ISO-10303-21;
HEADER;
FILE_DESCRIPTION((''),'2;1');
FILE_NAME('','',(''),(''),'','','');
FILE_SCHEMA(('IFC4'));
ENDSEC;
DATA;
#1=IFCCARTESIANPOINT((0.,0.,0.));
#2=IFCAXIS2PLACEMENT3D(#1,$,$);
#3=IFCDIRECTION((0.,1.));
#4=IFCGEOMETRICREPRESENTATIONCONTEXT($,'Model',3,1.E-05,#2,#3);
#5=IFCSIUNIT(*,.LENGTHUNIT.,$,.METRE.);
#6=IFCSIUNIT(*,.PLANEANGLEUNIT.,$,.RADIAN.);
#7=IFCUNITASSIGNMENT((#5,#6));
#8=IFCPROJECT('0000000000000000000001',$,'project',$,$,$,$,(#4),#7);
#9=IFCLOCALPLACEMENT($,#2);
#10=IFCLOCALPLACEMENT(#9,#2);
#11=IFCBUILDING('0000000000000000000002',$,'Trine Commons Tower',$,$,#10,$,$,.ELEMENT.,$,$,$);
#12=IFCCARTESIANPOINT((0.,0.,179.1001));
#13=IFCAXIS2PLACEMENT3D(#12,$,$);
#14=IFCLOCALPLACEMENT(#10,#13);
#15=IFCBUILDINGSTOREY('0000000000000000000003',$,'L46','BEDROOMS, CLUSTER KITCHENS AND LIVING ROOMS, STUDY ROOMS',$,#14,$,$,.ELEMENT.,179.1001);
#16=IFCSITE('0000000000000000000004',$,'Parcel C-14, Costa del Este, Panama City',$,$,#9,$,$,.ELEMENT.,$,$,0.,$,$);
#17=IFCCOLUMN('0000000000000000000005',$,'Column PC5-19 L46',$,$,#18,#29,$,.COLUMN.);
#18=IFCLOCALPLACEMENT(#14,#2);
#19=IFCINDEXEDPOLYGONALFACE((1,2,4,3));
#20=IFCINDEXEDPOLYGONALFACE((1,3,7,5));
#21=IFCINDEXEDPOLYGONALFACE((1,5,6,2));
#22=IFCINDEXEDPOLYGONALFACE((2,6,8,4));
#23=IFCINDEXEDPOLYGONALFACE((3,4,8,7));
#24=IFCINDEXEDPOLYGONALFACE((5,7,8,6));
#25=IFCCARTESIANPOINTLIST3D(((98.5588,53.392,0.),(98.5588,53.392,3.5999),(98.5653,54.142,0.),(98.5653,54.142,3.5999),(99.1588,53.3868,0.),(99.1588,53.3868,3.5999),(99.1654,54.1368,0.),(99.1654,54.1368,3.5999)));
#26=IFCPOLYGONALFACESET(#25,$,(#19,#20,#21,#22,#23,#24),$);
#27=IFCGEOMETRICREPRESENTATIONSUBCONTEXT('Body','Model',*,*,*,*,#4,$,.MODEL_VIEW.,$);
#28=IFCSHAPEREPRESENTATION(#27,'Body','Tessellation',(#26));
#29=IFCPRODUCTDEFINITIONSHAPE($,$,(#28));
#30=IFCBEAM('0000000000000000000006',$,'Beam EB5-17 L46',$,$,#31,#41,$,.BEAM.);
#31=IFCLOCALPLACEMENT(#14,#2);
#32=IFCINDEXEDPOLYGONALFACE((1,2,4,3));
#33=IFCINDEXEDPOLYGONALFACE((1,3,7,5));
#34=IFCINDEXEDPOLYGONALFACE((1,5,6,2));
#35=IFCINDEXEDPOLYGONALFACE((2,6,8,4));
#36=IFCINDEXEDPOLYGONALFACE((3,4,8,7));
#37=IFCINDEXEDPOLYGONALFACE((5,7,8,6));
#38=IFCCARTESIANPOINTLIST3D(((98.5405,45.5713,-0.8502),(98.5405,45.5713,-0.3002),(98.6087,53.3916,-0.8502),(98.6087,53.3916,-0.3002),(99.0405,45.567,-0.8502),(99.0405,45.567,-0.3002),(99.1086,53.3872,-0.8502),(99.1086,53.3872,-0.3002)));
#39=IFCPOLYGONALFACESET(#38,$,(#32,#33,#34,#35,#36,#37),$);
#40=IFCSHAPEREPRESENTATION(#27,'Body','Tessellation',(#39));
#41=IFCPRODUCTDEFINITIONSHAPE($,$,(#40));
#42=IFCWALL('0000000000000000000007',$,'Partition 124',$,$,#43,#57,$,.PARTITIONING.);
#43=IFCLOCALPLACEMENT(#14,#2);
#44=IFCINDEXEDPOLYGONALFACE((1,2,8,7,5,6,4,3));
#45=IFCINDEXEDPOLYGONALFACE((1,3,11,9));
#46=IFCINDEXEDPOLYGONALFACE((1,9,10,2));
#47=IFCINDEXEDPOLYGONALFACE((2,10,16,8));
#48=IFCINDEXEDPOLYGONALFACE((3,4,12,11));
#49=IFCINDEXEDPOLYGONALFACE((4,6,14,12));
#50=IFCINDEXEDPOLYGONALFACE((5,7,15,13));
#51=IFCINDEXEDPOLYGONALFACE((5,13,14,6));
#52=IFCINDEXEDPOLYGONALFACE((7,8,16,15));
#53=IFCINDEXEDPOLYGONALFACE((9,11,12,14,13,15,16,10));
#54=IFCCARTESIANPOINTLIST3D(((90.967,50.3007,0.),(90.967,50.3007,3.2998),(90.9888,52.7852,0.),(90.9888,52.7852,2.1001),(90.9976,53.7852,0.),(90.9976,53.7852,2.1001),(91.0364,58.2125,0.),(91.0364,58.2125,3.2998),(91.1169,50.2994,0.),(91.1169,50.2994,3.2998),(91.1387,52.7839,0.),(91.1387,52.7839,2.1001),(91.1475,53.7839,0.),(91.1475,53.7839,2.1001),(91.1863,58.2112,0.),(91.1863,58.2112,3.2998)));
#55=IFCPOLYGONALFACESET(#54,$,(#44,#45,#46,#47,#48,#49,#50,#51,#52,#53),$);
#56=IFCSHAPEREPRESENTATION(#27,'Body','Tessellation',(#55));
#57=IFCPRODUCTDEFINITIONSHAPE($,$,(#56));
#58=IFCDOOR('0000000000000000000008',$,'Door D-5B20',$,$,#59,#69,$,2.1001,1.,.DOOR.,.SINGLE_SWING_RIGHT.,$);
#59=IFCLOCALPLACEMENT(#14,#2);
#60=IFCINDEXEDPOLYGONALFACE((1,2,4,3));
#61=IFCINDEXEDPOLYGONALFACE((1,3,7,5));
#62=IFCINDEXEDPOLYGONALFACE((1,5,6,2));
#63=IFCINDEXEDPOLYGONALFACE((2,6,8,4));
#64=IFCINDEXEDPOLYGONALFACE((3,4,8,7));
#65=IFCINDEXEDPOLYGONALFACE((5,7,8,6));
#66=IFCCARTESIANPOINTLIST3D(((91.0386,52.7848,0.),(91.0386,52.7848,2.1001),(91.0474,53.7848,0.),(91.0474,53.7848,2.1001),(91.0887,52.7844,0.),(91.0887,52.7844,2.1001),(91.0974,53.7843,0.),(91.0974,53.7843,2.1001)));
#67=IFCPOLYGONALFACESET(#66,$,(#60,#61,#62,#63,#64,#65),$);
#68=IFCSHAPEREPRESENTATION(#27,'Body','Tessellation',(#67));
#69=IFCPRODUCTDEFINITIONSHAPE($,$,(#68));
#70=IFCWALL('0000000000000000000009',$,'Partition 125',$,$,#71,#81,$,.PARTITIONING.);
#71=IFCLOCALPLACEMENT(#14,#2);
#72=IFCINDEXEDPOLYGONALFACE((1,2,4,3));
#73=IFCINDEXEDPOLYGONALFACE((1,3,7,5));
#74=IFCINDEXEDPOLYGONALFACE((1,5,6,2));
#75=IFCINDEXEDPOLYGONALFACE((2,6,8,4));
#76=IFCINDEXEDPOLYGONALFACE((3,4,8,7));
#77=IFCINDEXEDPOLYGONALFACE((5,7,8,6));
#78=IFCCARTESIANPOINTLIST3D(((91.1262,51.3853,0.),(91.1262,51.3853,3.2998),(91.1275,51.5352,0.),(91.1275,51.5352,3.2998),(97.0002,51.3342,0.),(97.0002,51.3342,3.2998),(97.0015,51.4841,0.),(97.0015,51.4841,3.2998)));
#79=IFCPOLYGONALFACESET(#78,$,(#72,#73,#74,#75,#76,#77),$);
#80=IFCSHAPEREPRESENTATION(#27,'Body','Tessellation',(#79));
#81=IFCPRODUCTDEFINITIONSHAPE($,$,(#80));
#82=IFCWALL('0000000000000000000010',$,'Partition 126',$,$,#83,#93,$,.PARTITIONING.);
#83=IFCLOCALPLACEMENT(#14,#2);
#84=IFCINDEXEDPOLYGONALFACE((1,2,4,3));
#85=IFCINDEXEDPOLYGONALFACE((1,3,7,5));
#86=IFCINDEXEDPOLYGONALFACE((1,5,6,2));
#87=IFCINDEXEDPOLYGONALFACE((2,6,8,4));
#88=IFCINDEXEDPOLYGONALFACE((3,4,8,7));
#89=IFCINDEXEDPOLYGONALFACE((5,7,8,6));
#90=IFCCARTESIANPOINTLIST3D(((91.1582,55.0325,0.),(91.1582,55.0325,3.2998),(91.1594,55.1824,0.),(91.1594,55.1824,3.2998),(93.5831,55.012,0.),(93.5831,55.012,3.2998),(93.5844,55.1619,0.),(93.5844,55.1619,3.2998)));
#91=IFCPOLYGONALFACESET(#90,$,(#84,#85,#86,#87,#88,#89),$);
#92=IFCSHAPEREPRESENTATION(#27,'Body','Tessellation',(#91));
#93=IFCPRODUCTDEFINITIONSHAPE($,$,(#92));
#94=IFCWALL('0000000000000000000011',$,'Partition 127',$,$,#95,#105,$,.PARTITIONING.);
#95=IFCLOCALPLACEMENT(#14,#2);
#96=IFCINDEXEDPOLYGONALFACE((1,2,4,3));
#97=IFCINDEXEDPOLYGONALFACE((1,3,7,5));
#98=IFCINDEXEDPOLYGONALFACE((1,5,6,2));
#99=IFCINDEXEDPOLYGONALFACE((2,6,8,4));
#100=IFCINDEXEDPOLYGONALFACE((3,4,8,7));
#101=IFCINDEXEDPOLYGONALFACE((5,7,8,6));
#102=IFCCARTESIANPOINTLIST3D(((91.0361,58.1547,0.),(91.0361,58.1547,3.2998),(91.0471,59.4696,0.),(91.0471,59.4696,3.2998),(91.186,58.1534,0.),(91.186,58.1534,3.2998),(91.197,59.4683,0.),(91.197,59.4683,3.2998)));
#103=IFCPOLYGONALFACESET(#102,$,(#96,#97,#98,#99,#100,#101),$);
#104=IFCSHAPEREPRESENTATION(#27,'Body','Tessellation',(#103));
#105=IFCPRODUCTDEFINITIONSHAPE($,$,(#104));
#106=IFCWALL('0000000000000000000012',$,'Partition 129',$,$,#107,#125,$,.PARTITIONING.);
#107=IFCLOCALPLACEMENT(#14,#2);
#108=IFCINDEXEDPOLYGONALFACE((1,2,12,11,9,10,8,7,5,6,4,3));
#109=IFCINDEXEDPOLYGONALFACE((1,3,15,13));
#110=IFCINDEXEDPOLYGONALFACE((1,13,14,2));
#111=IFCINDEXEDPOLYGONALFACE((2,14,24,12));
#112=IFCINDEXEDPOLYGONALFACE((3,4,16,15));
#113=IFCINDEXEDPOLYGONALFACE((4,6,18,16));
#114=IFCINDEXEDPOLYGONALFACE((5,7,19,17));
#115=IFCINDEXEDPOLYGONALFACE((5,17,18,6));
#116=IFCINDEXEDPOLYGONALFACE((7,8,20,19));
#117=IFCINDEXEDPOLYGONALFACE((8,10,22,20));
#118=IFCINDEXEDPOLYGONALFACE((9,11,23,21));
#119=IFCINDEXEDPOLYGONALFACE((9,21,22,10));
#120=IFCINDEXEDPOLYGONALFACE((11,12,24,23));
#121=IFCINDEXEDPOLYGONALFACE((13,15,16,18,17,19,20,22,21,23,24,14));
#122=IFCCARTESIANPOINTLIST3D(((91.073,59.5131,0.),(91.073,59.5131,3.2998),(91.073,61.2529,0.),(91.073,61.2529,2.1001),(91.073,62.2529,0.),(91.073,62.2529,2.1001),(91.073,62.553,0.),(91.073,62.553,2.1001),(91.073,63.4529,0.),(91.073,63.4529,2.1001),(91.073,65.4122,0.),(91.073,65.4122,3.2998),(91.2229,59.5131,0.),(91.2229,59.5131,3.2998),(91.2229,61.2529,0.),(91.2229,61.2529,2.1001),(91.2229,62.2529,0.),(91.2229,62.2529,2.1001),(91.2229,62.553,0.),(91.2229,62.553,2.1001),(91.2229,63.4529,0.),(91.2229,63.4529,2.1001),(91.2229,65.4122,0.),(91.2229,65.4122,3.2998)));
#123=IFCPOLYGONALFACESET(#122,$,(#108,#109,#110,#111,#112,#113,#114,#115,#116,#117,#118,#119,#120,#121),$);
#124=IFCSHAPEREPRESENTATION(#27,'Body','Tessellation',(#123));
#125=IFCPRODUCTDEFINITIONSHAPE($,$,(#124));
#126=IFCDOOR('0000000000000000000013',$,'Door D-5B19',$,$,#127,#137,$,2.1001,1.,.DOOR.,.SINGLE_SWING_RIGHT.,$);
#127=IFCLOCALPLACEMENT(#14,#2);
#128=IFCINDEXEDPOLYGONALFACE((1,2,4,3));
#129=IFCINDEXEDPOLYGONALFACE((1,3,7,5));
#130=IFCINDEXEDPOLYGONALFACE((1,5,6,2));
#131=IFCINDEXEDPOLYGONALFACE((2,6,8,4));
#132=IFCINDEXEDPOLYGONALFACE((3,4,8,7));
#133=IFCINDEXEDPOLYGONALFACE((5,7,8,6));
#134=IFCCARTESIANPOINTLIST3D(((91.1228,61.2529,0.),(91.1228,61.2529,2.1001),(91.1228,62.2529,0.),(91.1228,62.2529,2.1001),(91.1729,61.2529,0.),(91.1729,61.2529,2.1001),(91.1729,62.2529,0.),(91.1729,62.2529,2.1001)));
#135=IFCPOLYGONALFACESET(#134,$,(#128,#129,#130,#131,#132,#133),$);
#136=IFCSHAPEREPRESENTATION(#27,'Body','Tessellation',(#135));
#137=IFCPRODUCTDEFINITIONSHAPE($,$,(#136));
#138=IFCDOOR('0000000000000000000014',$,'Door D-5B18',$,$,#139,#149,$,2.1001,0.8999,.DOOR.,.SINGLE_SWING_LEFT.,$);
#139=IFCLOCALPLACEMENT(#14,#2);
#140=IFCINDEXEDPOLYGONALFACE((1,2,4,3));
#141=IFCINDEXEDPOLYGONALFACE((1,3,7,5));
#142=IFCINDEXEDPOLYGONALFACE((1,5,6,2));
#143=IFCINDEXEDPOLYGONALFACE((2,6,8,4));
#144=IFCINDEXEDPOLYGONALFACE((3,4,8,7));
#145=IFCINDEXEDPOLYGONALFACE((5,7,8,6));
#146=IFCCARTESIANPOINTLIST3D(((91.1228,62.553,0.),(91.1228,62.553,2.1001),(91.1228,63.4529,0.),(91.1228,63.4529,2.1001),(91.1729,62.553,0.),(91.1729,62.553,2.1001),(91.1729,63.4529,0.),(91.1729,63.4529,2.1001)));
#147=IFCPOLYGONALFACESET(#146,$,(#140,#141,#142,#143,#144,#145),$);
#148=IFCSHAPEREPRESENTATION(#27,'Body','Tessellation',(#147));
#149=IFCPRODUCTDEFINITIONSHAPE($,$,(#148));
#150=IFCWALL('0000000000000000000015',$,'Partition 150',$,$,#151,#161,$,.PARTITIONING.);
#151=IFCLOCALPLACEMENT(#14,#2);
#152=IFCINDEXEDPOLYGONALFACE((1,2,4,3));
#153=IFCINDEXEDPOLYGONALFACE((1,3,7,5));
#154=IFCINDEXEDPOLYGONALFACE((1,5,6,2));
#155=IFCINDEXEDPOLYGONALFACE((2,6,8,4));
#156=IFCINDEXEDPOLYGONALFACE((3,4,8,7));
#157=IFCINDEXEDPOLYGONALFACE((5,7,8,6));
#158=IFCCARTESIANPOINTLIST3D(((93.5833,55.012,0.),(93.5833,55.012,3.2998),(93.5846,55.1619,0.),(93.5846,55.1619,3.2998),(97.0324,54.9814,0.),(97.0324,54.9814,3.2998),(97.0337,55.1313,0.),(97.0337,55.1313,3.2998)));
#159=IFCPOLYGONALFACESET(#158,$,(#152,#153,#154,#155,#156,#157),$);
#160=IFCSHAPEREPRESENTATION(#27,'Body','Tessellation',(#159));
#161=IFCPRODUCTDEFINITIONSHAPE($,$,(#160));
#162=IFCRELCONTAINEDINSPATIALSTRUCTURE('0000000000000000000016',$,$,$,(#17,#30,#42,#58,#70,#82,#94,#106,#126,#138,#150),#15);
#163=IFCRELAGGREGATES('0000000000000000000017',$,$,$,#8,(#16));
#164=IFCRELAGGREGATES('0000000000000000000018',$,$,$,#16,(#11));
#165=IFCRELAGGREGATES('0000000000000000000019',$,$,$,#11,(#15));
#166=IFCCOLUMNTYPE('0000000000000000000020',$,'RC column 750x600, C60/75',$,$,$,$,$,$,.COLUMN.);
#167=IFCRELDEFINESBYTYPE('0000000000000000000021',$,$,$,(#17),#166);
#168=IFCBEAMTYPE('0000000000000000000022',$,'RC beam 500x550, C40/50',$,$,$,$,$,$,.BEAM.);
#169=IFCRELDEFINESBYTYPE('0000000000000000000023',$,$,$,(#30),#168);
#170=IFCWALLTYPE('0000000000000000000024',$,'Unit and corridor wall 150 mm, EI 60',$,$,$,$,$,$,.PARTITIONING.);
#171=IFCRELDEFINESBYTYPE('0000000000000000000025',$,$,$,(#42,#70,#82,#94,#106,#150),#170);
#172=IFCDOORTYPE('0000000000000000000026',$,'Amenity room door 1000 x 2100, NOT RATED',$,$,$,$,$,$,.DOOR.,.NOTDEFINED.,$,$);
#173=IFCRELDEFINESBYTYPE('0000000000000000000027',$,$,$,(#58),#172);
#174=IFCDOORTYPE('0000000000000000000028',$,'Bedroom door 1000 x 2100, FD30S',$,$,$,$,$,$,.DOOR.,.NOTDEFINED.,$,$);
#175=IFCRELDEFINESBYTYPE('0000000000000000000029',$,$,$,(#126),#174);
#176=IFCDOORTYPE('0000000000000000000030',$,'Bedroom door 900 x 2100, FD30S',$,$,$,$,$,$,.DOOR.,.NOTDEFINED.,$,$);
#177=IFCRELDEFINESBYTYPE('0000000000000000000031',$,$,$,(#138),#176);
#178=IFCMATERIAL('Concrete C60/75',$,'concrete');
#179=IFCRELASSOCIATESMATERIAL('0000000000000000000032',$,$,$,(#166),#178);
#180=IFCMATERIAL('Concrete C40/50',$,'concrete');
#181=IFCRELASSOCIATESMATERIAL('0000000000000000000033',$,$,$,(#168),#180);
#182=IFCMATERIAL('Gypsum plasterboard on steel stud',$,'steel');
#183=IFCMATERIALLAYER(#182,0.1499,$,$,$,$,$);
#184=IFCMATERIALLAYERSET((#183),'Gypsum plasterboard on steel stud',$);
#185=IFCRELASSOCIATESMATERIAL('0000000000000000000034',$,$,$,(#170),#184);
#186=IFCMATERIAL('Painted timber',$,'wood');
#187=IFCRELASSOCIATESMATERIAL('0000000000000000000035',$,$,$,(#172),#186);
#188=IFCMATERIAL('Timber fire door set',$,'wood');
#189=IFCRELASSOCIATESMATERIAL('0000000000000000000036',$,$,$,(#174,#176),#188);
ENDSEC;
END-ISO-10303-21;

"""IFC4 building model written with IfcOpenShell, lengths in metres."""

from ifc_helpers import new_model, si_unit, direction, frame, frame_2d, origin, origin_2d, place, context, subcontext, project, spatial, rectangle, extrude, material, layer, layer_set, material_profile, profile_set, type_object, element, fill, save


model = new_model("IFC4")

# Units and contexts
model_context = context("Model", 3, precision=1e-05, world=origin(), true_north=direction((0.0, 1.0)))
body_context = subcontext(model_context, "Body", "Model", "MODEL_VIEW")
ifc_project = project(units=[si_unit("LENGTHUNIT", "METRE"), si_unit("PLANEANGLEUNIT", "RADIAN")], contexts=[model_context])

# Site, building, storey
site_placement = place(None, origin())
site = spatial("IfcSite", under=ifc_project, at=site_placement, Name="Parcel C-14, Costa del Este, Panama City", CompositionType="ELEMENT", RefElevation=0.0)
building_placement = place(site_placement, origin())
building = spatial("IfcBuilding", under=site, at=building_placement, Name="Trine Commons Tower", CompositionType="ELEMENT")
storey_placement = place(building_placement, frame((0.0, 0.0, 179.1001)))
storey = spatial("IfcBuildingStorey", under=building, at=storey_placement, Name="L46", Description="BEDROOMS, CLUSTER KITCHENS AND LIVING ROOMS, STUDY ROOMS", CompositionType="ELEMENT", Elevation=179.1001)

# Column
ifc_material_1 = material(Name="Concrete C60/75", Category="concrete")
ifc_material_profile_1 = material_profile(ifc_material_1, rectangle(XDim=0.75, YDim=0.6001, at=origin_2d()), Name="RC 750x600")
ifc_profile_set_1 = profile_set([ifc_material_profile_1], Name="Concrete C60/75")
column_type = type_object("IfcColumnType", Name="RC column 750x600, C60/75", PredefinedType="COLUMN", material=ifc_profile_set_1)
column_placement = place(storey_placement, frame((98.8621, 53.7644, 0.0), z_axis=(0.0, 0.0, 1.0), x_axis=(0.008727, 0.999962, 0.0)))
element("IfcColumn", 1, at=column_placement, inside=storey, type_object=column_type, Name="Column PC5-19 L46", PredefinedType="COLUMN", context=body_context, shape_type="SweptSolid", body=[
    extrude(rectangle(XDim=0.75, YDim=0.6001, at=origin_2d()), origin(), (0.0, 0.0, 1.0), 3.5999),
])

# Beam
ifc_material_2 = material(Name="Concrete C40/50", Category="concrete")
ifc_material_profile_2 = material_profile(ifc_material_2, rectangle(XDim=0.5, YDim=0.55, at=origin_2d()), Name="RC 500x550")
ifc_profile_set_2 = profile_set([ifc_material_profile_2], Name="Concrete C40/50")
beam_type = type_object("IfcBeamType", Name="RC beam 500x550, C40/50", PredefinedType="BEAM", material=ifc_profile_set_2)
beam_placement = place(storey_placement, frame((98.8586, 53.3894, -0.5752), z_axis=(-0.00871, -0.999962, 0.0), x_axis=(0.999962, -0.00871, 0.0)))
element("IfcBeam", 2, at=beam_placement, inside=storey, type_object=beam_type, Name="Beam EB5-17 L46", PredefinedType="BEAM", context=body_context, shape_type="SweptSolid", body=[
    extrude(rectangle(XDim=0.5, YDim=0.55, at=origin_2d()), origin(), (0.0, 0.0, 1.0), 7.8206),
])

# Wall, opening, door
ifc_material_3 = material(Name="Gypsum plasterboard on steel stud", Category="steel")
ifc_layer_1 = layer(ifc_material_3, 0.1499)
ifc_layer_set_1 = layer_set([ifc_layer_1], Name="Gypsum plasterboard on steel stud")
wall_type_1 = type_object("IfcWallType", Name="Unit and corridor wall 150 mm, EI 60", PredefinedType="PARTITIONING", material=ifc_layer_set_1)
wall_1_placement = place(storey_placement, frame((91.042, 50.3, 0.0), z_axis=(0.0, 0.0, 1.0), x_axis=(0.008763, 0.999962, 0.0)))
wall_1 = element("IfcWall", 3, at=wall_1_placement, inside=storey, type_object=wall_type_1, Name="Partition 124", PredefinedType="PARTITIONING", context=body_context, shape_type="SweptSolid", body=[
    extrude(rectangle(XDim=7.9121, YDim=0.1499, at=frame_2d((3.9561, 0.0))), origin(), (0.0, 0.0, 1.0), 3.2998),
])
opening_1_placement = place(wall_1_placement, frame((2.4846, 0.0, 0.0)))
opening_1 = element("IfcOpeningElement", 4, at=opening_1_placement, cuts=wall_1, PredefinedType="OPENING", context=body_context, shape_type="SweptSolid", body=[
    extrude(rectangle(XDim=1.0, YDim=2.1001, at=frame_2d((0.5, 1.05))), frame((0.0, 0.085, 0.0), z_axis=(0.0, -1.0, 0.0), x_axis=(1.0, 0.0, 0.0)), (0.0, 0.0, 1.0), 0.1699),
])
ifc_material_4 = material(Name="Painted timber", Category="wood")
door_type_1 = type_object("IfcDoorType", Name="Amenity room door 1000 x 2100, NOT RATED", OperationType="NOTDEFINED", PredefinedType="DOOR", material=ifc_material_4)
door_1_placement = place(opening_1_placement, frame((1.0, 0.0, 0.0), z_axis=(0.0, 0.0, 1.0), x_axis=(-1.0, 0.0, 0.0)))
door_1 = element("IfcDoor", 5, at=door_1_placement, inside=storey, type_object=door_type_1, Name="Door D-5B20", OperationType="SINGLE_SWING_RIGHT", OverallHeight=2.1001, OverallWidth=1.0, PredefinedType="DOOR", context=body_context, shape_type="SweptSolid", body=[
    extrude(rectangle(XDim=1.0, YDim=2.1001, at=frame_2d((0.5, 1.05))), frame((0.0, 0.0249, 0.0), z_axis=(0.0, -1.0, 0.0), x_axis=(1.0, 0.0, 0.0)), (0.0, 0.0, 1.0), 0.05),
])
fill(opening_1, door_1)

# Walls
wall_2_placement = place(storey_placement, frame((91.127, 51.4602, 0.0), z_axis=(0.0, 0.0, 1.0), x_axis=(0.999962, -0.008686, 0.0)))
element("IfcWall", 6, at=wall_2_placement, inside=storey, type_object=wall_type_1, Name="Partition 125", PredefinedType="PARTITIONING", context=body_context, shape_type="SweptSolid", body=[
    extrude(rectangle(XDim=5.8743, YDim=0.1499, at=frame_2d((2.937, 0.0))), origin(), (0.0, 0.0, 1.0), 3.2998),
])
wall_3_placement = place(storey_placement, frame((91.1589, 55.1074, 0.0), z_axis=(0.0, 0.0, 1.0), x_axis=(0.999964, -0.008456, 0.0)))
element("IfcWall", 7, at=wall_3_placement, inside=storey, type_object=wall_type_1, Name="Partition 126", PredefinedType="PARTITIONING", context=body_context, shape_type="SweptSolid", body=[
    extrude(rectangle(XDim=2.425, YDim=0.1499, at=frame_2d((1.2124, 0.0))), origin(), (0.0, 0.0, 1.0), 3.2998),
])
wall_4_placement = place(storey_placement, frame((91.1111, 58.1541, 0.0), z_axis=(0.0, 0.0, 1.0), x_axis=(0.008355, 0.999965, 0.0)))
element("IfcWall", 8, at=wall_4_placement, inside=storey, type_object=wall_type_1, Name="Partition 127", PredefinedType="PARTITIONING", context=body_context, shape_type="SweptSolid", body=[
    extrude(rectangle(XDim=1.3149, YDim=0.1499, at=frame_2d((0.6575, 0.0))), origin(), (0.0, 0.0, 1.0), 3.2998),
])

# Wall, openings, doors
wall_5_placement = place(storey_placement, frame((91.1479, 59.5129, 0.0), z_axis=(0.0, 0.0, 1.0), x_axis=(0.0, 1.0, 0.0)))
wall_5 = element("IfcWall", 9, at=wall_5_placement, inside=storey, type_object=wall_type_1, Name="Partition 129", PredefinedType="PARTITIONING", context=body_context, shape_type="SweptSolid", body=[
    extrude(rectangle(XDim=5.8992, YDim=0.1499, at=frame_2d((2.9497, 0.0))), origin(), (0.0, 0.0, 1.0), 3.2998),
])
opening_2_placement = place(wall_5_placement, frame((3.04, 0.0, 0.0)))
opening_2 = element("IfcOpeningElement", 10, at=opening_2_placement, cuts=wall_5, PredefinedType="OPENING", context=body_context, shape_type="SweptSolid", body=[
    extrude(rectangle(XDim=0.8999, YDim=2.1001, at=frame_2d((0.45, 1.05))), frame((0.0, 0.085, 0.0), z_axis=(0.0, -1.0, 0.0), x_axis=(1.0, 0.0, 0.0)), (0.0, 0.0, 1.0), 0.1699),
])
opening_3_placement = place(wall_5_placement, frame((1.74, 0.0, 0.0)))
opening_3 = element("IfcOpeningElement", 11, at=opening_3_placement, cuts=wall_5, PredefinedType="OPENING", context=body_context, shape_type="SweptSolid", body=[
    extrude(rectangle(XDim=1.0, YDim=2.1001, at=frame_2d((0.5, 1.05))), frame((0.0, 0.085, 0.0), z_axis=(0.0, -1.0, 0.0), x_axis=(1.0, 0.0, 0.0)), (0.0, 0.0, 1.0), 0.1699),
])
ifc_material_5 = material(Name="Timber fire door set", Category="wood")
door_type_2 = type_object("IfcDoorType", Name="Bedroom door 1000 x 2100, FD30S", OperationType="NOTDEFINED", PredefinedType="DOOR", material=ifc_material_5)
door_2_placement = place(opening_3_placement, frame((1.0, 0.0, 0.0), z_axis=(0.0, 0.0, 1.0), x_axis=(-1.0, 0.0, 0.0)))
door_2 = element("IfcDoor", 12, at=door_2_placement, inside=storey, type_object=door_type_2, Name="Door D-5B19", OperationType="SINGLE_SWING_RIGHT", OverallHeight=2.1001, OverallWidth=1.0, PredefinedType="DOOR", context=body_context, shape_type="SweptSolid", body=[
    extrude(rectangle(XDim=1.0, YDim=2.1001, at=frame_2d((0.5, 1.05))), frame((0.0, 0.0249, 0.0), z_axis=(0.0, -1.0, 0.0), x_axis=(1.0, 0.0, 0.0)), (0.0, 0.0, 1.0), 0.05),
])
fill(opening_3, door_2)
door_type_3 = type_object("IfcDoorType", Name="Bedroom door 900 x 2100, FD30S", OperationType="NOTDEFINED", PredefinedType="DOOR", material=ifc_material_5)
door_3_placement = place(opening_2_placement, frame((0.8999, 0.0, 0.0), z_axis=(0.0, 0.0, 1.0), x_axis=(-1.0, 0.0, 0.0)))
door_3 = element("IfcDoor", 13, at=door_3_placement, inside=storey, type_object=door_type_3, Name="Door D-5B18", OperationType="SINGLE_SWING_LEFT", OverallHeight=2.1001, OverallWidth=0.8999, PredefinedType="DOOR", context=body_context, shape_type="SweptSolid", body=[
    extrude(rectangle(XDim=0.8999, YDim=2.1001, at=frame_2d((0.45, 1.05))), frame((0.0, 0.0249, 0.0), z_axis=(0.0, -1.0, 0.0), x_axis=(1.0, 0.0, 0.0)), (0.0, 0.0, 1.0), 0.05),
])
fill(opening_2, door_3)

# Wall
wall_6_placement = place(storey_placement, frame((93.584, 55.0869, 0.0), z_axis=(0.0, 0.0, 1.0), x_axis=(0.999961, -0.008848, 0.0)))
element("IfcWall", 14, at=wall_6_placement, inside=storey, type_object=wall_type_1, Name="Partition 150", PredefinedType="PARTITIONING", context=body_context, shape_type="SweptSolid", body=[
    extrude(rectangle(XDim=3.4492, YDim=0.1499, at=frame_2d((1.7246, 0.0))), origin(), (0.0, 0.0, 1.0), 3.2998),
])

save(model, "model.ifc")
